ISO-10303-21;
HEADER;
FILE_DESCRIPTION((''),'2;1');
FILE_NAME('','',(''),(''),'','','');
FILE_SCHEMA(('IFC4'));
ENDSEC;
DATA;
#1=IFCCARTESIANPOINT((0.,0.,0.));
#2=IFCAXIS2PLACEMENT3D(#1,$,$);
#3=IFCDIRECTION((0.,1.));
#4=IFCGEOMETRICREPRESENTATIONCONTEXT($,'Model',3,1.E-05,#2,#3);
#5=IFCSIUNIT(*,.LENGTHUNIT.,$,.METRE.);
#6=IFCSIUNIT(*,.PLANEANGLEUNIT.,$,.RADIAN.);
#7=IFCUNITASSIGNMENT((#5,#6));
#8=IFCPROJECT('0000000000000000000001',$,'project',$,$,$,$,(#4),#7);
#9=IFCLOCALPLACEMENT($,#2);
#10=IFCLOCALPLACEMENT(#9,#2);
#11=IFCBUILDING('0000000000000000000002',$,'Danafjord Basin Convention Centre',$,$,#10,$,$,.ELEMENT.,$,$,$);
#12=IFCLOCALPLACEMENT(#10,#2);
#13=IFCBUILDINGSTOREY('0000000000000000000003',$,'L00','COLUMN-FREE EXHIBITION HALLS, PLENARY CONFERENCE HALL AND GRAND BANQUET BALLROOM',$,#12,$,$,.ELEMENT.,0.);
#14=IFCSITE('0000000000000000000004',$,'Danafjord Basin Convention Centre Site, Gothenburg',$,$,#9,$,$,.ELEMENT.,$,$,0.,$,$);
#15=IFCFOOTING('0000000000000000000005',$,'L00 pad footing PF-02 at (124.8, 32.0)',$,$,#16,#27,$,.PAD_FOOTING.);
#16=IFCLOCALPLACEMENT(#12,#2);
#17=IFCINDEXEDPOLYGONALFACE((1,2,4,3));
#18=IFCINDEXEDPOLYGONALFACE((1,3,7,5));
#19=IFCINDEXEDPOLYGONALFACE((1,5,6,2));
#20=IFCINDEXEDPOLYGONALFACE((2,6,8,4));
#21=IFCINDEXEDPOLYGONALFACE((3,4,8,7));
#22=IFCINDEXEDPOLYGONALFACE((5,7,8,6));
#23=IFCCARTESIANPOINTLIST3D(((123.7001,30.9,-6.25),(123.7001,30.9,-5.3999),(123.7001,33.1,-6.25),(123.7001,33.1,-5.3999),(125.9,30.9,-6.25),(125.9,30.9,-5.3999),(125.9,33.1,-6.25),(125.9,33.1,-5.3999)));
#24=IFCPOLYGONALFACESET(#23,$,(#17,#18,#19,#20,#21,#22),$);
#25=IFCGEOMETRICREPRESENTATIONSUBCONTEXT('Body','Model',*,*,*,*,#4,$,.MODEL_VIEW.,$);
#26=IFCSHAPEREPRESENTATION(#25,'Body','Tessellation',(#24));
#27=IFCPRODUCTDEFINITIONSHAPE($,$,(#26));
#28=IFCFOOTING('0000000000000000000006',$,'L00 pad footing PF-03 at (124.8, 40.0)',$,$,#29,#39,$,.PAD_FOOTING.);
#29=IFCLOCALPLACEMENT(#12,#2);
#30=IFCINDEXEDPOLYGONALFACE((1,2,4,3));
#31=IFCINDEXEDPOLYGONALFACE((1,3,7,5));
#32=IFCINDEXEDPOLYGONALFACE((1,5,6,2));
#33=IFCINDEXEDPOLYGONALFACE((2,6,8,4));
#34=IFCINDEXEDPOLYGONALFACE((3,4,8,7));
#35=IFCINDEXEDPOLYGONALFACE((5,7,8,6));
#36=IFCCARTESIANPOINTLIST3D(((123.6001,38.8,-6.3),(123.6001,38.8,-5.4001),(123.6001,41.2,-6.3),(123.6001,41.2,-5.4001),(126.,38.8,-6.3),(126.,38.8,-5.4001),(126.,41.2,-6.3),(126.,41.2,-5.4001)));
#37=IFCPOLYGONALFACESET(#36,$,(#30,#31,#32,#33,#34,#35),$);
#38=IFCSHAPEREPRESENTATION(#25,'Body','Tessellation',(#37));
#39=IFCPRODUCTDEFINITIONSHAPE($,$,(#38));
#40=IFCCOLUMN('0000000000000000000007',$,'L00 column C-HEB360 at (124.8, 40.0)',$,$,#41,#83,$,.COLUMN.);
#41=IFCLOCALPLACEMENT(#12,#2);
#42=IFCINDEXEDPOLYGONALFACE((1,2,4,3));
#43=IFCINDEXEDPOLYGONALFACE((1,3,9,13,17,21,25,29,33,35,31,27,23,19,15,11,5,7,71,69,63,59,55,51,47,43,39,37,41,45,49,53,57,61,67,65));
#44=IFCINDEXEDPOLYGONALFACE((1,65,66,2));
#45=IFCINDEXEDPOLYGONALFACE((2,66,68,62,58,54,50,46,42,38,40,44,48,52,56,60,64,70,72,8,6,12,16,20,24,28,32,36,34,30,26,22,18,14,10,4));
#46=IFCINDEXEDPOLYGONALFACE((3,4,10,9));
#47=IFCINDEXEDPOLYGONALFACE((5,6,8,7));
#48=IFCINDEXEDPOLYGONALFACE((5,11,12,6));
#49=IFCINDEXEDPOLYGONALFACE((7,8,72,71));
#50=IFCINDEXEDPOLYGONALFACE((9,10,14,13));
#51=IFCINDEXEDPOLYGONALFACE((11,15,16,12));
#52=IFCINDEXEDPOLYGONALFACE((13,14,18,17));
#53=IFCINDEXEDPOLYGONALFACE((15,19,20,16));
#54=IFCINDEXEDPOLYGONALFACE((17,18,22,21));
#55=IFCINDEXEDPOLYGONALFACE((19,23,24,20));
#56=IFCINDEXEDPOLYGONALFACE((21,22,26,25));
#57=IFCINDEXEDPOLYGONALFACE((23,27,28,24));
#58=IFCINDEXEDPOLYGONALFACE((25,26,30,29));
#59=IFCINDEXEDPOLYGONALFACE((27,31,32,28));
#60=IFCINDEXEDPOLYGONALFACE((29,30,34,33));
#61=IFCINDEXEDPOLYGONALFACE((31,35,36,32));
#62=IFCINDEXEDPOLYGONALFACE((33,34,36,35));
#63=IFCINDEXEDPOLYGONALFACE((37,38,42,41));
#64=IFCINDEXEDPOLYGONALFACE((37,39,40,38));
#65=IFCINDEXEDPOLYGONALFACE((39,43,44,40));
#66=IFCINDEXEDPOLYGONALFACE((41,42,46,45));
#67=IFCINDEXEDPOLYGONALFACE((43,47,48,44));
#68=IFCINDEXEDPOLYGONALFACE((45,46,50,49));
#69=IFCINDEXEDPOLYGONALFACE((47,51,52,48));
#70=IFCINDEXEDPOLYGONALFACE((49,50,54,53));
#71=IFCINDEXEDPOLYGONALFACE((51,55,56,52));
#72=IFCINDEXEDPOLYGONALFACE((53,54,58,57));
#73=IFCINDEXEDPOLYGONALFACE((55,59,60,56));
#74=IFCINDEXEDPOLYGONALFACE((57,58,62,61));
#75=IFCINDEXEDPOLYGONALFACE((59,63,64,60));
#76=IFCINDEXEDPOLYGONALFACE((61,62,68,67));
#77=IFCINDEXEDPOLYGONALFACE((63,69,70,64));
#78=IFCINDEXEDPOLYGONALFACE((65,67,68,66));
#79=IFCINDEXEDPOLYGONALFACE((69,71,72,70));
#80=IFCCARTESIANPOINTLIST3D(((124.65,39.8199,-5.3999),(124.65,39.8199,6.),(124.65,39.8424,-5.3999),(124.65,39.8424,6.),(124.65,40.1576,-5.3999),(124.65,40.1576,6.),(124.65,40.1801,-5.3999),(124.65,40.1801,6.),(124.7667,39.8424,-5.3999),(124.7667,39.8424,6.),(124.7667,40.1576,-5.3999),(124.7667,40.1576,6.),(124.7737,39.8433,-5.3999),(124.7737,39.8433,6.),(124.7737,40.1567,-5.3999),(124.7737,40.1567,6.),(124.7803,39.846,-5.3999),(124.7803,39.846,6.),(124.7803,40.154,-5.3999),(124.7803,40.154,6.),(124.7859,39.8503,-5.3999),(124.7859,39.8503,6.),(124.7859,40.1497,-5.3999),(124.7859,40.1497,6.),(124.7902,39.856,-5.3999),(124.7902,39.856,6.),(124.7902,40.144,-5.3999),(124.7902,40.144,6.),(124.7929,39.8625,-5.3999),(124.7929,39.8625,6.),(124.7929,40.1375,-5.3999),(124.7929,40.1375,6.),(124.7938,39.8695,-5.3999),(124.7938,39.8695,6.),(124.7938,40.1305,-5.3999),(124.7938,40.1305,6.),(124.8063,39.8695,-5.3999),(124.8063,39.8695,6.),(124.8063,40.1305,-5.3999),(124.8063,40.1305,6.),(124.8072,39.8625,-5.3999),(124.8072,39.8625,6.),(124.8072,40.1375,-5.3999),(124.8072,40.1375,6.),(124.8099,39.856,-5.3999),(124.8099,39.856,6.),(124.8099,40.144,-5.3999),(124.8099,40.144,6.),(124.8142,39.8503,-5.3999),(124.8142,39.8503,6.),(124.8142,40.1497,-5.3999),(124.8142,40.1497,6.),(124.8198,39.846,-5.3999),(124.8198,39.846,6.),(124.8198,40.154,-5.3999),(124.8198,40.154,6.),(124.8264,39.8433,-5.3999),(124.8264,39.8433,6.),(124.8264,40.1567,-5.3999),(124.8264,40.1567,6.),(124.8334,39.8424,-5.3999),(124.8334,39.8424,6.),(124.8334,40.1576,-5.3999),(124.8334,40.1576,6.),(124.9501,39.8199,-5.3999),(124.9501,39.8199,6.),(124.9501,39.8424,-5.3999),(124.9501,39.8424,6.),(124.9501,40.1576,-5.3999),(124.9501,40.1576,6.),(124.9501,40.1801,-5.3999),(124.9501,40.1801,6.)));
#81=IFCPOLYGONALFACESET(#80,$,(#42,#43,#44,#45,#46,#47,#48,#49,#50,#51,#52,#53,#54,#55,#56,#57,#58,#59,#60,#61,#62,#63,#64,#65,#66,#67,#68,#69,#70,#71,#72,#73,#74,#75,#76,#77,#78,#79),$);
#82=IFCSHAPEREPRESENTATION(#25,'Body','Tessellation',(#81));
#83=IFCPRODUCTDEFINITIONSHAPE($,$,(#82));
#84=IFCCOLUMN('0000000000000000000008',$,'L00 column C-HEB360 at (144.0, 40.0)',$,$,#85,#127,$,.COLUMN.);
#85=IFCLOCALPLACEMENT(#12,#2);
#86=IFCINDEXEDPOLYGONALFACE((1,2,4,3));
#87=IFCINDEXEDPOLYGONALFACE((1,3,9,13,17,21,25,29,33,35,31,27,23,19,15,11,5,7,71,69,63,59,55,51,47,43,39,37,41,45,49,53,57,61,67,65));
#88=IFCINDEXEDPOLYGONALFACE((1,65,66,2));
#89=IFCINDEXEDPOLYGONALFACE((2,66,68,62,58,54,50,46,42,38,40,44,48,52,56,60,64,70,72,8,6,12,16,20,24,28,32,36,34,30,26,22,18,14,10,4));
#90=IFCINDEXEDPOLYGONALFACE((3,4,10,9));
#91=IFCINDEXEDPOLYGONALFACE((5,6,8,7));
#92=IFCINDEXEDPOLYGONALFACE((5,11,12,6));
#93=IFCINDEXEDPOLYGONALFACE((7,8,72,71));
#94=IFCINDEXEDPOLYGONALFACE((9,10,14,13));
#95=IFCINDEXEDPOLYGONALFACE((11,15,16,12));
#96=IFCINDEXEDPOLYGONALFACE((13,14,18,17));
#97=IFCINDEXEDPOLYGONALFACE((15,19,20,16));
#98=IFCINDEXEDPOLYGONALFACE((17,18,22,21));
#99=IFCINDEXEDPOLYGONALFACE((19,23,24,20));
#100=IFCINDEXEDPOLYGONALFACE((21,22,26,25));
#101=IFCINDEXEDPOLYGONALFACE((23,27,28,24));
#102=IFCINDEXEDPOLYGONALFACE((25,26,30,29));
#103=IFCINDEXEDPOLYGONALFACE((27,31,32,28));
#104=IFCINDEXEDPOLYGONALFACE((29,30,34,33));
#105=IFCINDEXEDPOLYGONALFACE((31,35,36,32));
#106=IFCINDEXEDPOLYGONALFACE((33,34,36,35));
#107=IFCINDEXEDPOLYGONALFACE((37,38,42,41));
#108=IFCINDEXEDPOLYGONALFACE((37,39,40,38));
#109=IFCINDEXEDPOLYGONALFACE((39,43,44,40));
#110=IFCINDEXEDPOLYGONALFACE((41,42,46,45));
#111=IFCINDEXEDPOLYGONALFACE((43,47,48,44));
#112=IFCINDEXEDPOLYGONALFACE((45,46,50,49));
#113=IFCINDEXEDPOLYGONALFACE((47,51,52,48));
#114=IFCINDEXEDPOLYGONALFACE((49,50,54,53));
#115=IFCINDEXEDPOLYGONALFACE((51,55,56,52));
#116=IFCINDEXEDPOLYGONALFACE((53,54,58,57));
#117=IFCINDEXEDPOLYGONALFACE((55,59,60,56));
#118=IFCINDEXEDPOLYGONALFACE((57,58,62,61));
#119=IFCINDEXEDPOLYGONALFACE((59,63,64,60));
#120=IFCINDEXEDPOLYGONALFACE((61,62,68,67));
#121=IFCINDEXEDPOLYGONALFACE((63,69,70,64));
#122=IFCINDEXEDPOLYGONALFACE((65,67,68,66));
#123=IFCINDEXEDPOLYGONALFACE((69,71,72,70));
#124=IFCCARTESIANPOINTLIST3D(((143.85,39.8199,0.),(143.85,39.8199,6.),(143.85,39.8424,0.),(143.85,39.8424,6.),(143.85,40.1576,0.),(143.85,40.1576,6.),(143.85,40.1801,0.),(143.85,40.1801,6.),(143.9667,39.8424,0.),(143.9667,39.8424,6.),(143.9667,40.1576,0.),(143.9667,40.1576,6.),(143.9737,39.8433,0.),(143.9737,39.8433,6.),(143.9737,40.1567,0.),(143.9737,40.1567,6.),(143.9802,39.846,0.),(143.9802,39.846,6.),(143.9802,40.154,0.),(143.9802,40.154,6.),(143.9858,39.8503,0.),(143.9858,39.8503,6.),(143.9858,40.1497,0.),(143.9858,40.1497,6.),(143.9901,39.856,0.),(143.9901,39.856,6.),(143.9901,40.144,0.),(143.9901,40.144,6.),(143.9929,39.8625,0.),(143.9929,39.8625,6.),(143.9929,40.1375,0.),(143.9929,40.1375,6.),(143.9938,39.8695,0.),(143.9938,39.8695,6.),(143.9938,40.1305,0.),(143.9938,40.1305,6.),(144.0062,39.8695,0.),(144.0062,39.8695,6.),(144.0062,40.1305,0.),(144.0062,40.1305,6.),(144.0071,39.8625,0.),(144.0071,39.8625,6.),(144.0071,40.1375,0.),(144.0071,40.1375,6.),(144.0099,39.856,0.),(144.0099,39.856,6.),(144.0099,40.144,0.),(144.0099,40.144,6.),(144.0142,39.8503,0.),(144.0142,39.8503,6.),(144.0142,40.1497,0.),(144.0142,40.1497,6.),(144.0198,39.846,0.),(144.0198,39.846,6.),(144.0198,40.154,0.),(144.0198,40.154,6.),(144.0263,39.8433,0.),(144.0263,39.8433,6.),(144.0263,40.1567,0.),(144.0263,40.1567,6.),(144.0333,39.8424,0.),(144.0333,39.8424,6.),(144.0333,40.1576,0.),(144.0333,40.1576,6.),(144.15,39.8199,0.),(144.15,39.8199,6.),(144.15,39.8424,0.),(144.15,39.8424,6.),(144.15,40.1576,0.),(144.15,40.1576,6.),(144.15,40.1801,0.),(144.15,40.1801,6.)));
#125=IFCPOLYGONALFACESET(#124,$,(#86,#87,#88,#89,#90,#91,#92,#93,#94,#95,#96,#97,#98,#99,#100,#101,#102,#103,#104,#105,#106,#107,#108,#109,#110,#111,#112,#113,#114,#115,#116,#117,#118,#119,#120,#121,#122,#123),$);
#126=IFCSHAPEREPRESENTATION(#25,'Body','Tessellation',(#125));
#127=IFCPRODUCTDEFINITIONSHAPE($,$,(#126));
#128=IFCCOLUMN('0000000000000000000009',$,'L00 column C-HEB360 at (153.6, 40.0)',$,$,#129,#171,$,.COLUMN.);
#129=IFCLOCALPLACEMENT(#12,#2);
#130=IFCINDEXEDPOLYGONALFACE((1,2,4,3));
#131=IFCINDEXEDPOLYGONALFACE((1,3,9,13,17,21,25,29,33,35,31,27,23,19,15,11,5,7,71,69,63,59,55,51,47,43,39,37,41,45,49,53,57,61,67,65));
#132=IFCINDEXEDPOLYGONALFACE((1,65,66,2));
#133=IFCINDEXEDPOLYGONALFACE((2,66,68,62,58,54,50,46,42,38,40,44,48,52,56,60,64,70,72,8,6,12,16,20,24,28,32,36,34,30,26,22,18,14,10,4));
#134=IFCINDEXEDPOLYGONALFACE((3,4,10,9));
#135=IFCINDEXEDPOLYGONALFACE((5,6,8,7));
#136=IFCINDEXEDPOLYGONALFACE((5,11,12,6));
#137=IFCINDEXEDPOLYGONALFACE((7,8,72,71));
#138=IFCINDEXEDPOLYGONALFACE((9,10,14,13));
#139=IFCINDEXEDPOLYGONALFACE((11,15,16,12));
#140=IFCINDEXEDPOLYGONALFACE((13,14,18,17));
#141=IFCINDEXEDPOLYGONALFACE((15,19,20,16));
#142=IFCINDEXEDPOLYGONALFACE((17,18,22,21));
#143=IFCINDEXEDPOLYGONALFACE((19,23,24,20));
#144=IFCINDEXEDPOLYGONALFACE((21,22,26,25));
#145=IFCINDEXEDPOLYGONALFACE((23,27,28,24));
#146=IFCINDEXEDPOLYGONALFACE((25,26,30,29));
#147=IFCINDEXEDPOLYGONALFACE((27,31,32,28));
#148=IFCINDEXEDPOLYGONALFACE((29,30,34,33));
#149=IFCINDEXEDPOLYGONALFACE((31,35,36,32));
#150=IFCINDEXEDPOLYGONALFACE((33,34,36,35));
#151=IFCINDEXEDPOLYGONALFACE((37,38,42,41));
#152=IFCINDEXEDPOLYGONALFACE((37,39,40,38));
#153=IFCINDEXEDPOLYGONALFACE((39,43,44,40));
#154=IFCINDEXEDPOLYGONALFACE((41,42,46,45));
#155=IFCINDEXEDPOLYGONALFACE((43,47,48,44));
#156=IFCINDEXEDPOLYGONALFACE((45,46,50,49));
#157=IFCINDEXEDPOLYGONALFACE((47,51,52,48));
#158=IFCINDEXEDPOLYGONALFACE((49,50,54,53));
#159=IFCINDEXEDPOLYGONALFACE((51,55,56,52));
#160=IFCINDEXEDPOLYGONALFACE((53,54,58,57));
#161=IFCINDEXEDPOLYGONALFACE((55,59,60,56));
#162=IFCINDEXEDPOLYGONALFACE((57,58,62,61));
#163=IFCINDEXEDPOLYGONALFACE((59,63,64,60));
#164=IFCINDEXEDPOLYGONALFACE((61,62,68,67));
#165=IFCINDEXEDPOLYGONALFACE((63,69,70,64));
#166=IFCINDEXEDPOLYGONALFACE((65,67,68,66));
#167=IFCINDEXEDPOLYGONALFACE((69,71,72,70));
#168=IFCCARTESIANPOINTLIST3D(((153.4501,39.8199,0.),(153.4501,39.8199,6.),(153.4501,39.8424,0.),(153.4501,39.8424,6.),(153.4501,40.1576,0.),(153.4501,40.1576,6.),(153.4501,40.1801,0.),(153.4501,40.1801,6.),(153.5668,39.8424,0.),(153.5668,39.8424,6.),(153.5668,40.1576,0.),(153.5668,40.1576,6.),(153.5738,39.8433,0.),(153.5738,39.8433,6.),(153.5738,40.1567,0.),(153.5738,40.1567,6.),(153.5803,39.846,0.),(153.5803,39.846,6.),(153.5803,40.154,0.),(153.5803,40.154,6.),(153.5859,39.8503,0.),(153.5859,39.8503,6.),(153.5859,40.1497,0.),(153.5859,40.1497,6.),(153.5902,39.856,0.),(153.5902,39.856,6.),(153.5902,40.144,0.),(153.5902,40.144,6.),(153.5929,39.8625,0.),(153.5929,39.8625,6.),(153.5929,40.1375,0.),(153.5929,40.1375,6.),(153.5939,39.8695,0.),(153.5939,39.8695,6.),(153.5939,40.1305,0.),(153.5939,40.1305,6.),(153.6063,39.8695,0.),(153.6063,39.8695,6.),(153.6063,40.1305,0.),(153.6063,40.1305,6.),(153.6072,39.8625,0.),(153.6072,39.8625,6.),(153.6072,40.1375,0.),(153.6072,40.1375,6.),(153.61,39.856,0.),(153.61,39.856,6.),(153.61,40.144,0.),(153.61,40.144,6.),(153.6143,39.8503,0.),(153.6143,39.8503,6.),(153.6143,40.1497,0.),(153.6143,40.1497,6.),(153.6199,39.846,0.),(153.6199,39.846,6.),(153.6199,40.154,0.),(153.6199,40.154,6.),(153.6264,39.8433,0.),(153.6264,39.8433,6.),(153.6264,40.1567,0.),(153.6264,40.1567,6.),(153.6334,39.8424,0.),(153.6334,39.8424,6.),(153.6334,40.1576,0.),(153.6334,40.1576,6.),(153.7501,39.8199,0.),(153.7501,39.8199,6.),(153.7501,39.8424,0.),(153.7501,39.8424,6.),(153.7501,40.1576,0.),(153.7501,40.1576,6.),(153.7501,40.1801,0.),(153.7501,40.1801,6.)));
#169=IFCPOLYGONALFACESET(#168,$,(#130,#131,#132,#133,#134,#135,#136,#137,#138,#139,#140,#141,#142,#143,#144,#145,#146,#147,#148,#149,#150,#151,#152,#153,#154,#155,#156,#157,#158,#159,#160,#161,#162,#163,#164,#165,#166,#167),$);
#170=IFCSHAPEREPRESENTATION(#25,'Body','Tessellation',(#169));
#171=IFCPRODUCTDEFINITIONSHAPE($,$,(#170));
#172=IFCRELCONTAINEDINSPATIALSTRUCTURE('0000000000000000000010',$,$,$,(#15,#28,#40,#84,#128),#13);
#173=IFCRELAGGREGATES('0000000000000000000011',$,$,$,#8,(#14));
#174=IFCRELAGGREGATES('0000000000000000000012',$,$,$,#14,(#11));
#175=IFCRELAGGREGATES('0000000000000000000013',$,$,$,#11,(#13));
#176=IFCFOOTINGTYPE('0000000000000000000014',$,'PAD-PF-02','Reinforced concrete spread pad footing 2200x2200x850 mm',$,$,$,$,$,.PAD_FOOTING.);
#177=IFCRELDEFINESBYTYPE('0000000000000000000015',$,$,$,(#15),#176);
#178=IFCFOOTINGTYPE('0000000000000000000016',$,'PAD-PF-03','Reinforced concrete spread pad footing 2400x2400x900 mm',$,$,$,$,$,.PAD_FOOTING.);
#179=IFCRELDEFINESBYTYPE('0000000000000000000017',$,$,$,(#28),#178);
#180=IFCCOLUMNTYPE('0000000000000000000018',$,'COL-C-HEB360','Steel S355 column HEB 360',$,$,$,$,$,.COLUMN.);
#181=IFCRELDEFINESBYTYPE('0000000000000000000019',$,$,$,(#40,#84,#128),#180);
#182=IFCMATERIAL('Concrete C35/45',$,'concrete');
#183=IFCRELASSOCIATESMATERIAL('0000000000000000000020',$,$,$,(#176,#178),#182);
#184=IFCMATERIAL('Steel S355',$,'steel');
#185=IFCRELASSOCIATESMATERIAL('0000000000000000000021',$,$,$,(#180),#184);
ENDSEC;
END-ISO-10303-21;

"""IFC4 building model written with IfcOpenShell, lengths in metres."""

from ifc_helpers import new_model, si_unit, direction, frame, origin, origin_2d, place, context, subcontext, project, spatial, rectangle, i_section, extrude, material, material_profile, profile_set, type_object, element, save


model = new_model("IFC4")

# Units and contexts
model_context = context("Model", 3, precision=1e-05, world=origin(), true_north=direction((0.0, 1.0)))
body_context = subcontext(model_context, "Body", "Model", "MODEL_VIEW")
ifc_project = project(units=[si_unit("LENGTHUNIT", "METRE"), si_unit("PLANEANGLEUNIT", "RADIAN")], contexts=[model_context])

# Site, building, storey
site_placement = place(None, origin())
site = spatial("IfcSite", under=ifc_project, at=site_placement, Name="Danafjord Basin Convention Centre Site, Gothenburg", CompositionType="ELEMENT", RefElevation=0.0)
building_placement = place(site_placement, origin())
building = spatial("IfcBuilding", under=site, at=building_placement, Name="Danafjord Basin Convention Centre", CompositionType="ELEMENT")
storey_placement = place(building_placement, origin())
storey = spatial("IfcBuildingStorey", under=building, at=storey_placement, Name="L00", Description="COLUMN-FREE EXHIBITION HALLS, PLENARY CONFERENCE HALL AND GRAND BANQUET BALLROOM", CompositionType="ELEMENT", Elevation=0.0)

# Footings
ifc_material_1 = material(Name="Concrete C35/45", Category="concrete")
footing_type_1 = type_object("IfcFootingType", Name="PAD-PF-02", Description="Reinforced concrete spread pad footing 2200x2200x850 mm", PredefinedType="PAD_FOOTING", material=ifc_material_1)
footing_1_placement = place(storey_placement, frame((124.8, 32.0, -6.25), z_axis=(0.0, 0.0, 1.0), x_axis=(1.0, 0.0, 0.0)))
element("IfcFooting", 1, at=footing_1_placement, inside=storey, type_object=footing_type_1, Name="L00 pad footing PF-02 at (124.8, 32.0)", PredefinedType="PAD_FOOTING", context=body_context, shape_type="SweptSolid", body=[
    extrude(rectangle(XDim=2.2, YDim=2.2, at=origin_2d()), origin(), (0.0, 0.0, 1.0), 0.8501),
])
footing_type_2 = type_object("IfcFootingType", Name="PAD-PF-03", Description="Reinforced concrete spread pad footing 2400x2400x900 mm", PredefinedType="PAD_FOOTING", material=ifc_material_1)
footing_2_placement = place(storey_placement, frame((124.8, 40.0, -6.3), z_axis=(0.0, 0.0, 1.0), x_axis=(1.0, 0.0, 0.0)))
element("IfcFooting", 2, at=footing_2_placement, inside=storey, type_object=footing_type_2, Name="L00 pad footing PF-03 at (124.8, 40.0)", PredefinedType="PAD_FOOTING", context=body_context, shape_type="SweptSolid", body=[
    extrude(rectangle(XDim=2.3999, YDim=2.3999, at=origin_2d()), origin(), (0.0, 0.0, 1.0), 0.8999),
])

# Columns
ifc_material_2 = material(Name="Steel S355", Category="steel")
ifc_material_profile_1 = material_profile(ifc_material_2, i_section(OverallWidth=0.3, OverallDepth=0.3601, WebThickness=0.0125, FlangeThickness=0.0225, FilletRadius=0.0271, at=origin_2d()), Name="HEB 360")
ifc_profile_set_1 = profile_set([ifc_material_profile_1], Name="Steel S355")
column_type_1 = type_object("IfcColumnType", Name="COL-C-HEB360", Description="Steel S355 column HEB 360", PredefinedType="COLUMN", material=ifc_profile_set_1)
column_1_placement = place(storey_placement, frame((124.8, 40.0, -5.3999), z_axis=(0.0, 0.0, 1.0), x_axis=(1.0, 0.0, 0.0)))
element("IfcColumn", 3, at=column_1_placement, inside=storey, type_object=column_type_1, Name="L00 column C-HEB360 at (124.8, 40.0)", PredefinedType="COLUMN", context=body_context, shape_type="SweptSolid", body=[
    extrude(i_section(OverallWidth=0.3, OverallDepth=0.3601, WebThickness=0.0125, FlangeThickness=0.0225, FilletRadius=0.0271, at=origin_2d()), origin(), (0.0, 0.0, 1.0), 11.3999),
])
for number, where, z_axis, x_axis, name in (
    (4, (144.0, 40.0, 0.0), (0.0, 0.0, 1.0), (1.0, 0.0, 0.0), "L00 column C-HEB360 at (144.0, 40.0)"),
    (5, (153.6001, 40.0, 0.0), (0.0, 0.0, 1.0), (1.0, 0.0, 0.0), "L00 column C-HEB360 at (153.6, 40.0)"),
):
    element("IfcColumn", number, at=place(storey_placement, frame(where, z_axis=z_axis, x_axis=x_axis)), inside=storey, type_object=column_type_1, Name=name, PredefinedType="COLUMN", context=body_context, shape_type="SweptSolid", body=[
        extrude(i_section(OverallWidth=0.3, OverallDepth=0.3601, WebThickness=0.0125, FlangeThickness=0.0225, FilletRadius=0.0271, at=origin_2d()), origin(), (0.0, 0.0, 1.0), 6.0),
    ])

save(model, "model.ifc")
